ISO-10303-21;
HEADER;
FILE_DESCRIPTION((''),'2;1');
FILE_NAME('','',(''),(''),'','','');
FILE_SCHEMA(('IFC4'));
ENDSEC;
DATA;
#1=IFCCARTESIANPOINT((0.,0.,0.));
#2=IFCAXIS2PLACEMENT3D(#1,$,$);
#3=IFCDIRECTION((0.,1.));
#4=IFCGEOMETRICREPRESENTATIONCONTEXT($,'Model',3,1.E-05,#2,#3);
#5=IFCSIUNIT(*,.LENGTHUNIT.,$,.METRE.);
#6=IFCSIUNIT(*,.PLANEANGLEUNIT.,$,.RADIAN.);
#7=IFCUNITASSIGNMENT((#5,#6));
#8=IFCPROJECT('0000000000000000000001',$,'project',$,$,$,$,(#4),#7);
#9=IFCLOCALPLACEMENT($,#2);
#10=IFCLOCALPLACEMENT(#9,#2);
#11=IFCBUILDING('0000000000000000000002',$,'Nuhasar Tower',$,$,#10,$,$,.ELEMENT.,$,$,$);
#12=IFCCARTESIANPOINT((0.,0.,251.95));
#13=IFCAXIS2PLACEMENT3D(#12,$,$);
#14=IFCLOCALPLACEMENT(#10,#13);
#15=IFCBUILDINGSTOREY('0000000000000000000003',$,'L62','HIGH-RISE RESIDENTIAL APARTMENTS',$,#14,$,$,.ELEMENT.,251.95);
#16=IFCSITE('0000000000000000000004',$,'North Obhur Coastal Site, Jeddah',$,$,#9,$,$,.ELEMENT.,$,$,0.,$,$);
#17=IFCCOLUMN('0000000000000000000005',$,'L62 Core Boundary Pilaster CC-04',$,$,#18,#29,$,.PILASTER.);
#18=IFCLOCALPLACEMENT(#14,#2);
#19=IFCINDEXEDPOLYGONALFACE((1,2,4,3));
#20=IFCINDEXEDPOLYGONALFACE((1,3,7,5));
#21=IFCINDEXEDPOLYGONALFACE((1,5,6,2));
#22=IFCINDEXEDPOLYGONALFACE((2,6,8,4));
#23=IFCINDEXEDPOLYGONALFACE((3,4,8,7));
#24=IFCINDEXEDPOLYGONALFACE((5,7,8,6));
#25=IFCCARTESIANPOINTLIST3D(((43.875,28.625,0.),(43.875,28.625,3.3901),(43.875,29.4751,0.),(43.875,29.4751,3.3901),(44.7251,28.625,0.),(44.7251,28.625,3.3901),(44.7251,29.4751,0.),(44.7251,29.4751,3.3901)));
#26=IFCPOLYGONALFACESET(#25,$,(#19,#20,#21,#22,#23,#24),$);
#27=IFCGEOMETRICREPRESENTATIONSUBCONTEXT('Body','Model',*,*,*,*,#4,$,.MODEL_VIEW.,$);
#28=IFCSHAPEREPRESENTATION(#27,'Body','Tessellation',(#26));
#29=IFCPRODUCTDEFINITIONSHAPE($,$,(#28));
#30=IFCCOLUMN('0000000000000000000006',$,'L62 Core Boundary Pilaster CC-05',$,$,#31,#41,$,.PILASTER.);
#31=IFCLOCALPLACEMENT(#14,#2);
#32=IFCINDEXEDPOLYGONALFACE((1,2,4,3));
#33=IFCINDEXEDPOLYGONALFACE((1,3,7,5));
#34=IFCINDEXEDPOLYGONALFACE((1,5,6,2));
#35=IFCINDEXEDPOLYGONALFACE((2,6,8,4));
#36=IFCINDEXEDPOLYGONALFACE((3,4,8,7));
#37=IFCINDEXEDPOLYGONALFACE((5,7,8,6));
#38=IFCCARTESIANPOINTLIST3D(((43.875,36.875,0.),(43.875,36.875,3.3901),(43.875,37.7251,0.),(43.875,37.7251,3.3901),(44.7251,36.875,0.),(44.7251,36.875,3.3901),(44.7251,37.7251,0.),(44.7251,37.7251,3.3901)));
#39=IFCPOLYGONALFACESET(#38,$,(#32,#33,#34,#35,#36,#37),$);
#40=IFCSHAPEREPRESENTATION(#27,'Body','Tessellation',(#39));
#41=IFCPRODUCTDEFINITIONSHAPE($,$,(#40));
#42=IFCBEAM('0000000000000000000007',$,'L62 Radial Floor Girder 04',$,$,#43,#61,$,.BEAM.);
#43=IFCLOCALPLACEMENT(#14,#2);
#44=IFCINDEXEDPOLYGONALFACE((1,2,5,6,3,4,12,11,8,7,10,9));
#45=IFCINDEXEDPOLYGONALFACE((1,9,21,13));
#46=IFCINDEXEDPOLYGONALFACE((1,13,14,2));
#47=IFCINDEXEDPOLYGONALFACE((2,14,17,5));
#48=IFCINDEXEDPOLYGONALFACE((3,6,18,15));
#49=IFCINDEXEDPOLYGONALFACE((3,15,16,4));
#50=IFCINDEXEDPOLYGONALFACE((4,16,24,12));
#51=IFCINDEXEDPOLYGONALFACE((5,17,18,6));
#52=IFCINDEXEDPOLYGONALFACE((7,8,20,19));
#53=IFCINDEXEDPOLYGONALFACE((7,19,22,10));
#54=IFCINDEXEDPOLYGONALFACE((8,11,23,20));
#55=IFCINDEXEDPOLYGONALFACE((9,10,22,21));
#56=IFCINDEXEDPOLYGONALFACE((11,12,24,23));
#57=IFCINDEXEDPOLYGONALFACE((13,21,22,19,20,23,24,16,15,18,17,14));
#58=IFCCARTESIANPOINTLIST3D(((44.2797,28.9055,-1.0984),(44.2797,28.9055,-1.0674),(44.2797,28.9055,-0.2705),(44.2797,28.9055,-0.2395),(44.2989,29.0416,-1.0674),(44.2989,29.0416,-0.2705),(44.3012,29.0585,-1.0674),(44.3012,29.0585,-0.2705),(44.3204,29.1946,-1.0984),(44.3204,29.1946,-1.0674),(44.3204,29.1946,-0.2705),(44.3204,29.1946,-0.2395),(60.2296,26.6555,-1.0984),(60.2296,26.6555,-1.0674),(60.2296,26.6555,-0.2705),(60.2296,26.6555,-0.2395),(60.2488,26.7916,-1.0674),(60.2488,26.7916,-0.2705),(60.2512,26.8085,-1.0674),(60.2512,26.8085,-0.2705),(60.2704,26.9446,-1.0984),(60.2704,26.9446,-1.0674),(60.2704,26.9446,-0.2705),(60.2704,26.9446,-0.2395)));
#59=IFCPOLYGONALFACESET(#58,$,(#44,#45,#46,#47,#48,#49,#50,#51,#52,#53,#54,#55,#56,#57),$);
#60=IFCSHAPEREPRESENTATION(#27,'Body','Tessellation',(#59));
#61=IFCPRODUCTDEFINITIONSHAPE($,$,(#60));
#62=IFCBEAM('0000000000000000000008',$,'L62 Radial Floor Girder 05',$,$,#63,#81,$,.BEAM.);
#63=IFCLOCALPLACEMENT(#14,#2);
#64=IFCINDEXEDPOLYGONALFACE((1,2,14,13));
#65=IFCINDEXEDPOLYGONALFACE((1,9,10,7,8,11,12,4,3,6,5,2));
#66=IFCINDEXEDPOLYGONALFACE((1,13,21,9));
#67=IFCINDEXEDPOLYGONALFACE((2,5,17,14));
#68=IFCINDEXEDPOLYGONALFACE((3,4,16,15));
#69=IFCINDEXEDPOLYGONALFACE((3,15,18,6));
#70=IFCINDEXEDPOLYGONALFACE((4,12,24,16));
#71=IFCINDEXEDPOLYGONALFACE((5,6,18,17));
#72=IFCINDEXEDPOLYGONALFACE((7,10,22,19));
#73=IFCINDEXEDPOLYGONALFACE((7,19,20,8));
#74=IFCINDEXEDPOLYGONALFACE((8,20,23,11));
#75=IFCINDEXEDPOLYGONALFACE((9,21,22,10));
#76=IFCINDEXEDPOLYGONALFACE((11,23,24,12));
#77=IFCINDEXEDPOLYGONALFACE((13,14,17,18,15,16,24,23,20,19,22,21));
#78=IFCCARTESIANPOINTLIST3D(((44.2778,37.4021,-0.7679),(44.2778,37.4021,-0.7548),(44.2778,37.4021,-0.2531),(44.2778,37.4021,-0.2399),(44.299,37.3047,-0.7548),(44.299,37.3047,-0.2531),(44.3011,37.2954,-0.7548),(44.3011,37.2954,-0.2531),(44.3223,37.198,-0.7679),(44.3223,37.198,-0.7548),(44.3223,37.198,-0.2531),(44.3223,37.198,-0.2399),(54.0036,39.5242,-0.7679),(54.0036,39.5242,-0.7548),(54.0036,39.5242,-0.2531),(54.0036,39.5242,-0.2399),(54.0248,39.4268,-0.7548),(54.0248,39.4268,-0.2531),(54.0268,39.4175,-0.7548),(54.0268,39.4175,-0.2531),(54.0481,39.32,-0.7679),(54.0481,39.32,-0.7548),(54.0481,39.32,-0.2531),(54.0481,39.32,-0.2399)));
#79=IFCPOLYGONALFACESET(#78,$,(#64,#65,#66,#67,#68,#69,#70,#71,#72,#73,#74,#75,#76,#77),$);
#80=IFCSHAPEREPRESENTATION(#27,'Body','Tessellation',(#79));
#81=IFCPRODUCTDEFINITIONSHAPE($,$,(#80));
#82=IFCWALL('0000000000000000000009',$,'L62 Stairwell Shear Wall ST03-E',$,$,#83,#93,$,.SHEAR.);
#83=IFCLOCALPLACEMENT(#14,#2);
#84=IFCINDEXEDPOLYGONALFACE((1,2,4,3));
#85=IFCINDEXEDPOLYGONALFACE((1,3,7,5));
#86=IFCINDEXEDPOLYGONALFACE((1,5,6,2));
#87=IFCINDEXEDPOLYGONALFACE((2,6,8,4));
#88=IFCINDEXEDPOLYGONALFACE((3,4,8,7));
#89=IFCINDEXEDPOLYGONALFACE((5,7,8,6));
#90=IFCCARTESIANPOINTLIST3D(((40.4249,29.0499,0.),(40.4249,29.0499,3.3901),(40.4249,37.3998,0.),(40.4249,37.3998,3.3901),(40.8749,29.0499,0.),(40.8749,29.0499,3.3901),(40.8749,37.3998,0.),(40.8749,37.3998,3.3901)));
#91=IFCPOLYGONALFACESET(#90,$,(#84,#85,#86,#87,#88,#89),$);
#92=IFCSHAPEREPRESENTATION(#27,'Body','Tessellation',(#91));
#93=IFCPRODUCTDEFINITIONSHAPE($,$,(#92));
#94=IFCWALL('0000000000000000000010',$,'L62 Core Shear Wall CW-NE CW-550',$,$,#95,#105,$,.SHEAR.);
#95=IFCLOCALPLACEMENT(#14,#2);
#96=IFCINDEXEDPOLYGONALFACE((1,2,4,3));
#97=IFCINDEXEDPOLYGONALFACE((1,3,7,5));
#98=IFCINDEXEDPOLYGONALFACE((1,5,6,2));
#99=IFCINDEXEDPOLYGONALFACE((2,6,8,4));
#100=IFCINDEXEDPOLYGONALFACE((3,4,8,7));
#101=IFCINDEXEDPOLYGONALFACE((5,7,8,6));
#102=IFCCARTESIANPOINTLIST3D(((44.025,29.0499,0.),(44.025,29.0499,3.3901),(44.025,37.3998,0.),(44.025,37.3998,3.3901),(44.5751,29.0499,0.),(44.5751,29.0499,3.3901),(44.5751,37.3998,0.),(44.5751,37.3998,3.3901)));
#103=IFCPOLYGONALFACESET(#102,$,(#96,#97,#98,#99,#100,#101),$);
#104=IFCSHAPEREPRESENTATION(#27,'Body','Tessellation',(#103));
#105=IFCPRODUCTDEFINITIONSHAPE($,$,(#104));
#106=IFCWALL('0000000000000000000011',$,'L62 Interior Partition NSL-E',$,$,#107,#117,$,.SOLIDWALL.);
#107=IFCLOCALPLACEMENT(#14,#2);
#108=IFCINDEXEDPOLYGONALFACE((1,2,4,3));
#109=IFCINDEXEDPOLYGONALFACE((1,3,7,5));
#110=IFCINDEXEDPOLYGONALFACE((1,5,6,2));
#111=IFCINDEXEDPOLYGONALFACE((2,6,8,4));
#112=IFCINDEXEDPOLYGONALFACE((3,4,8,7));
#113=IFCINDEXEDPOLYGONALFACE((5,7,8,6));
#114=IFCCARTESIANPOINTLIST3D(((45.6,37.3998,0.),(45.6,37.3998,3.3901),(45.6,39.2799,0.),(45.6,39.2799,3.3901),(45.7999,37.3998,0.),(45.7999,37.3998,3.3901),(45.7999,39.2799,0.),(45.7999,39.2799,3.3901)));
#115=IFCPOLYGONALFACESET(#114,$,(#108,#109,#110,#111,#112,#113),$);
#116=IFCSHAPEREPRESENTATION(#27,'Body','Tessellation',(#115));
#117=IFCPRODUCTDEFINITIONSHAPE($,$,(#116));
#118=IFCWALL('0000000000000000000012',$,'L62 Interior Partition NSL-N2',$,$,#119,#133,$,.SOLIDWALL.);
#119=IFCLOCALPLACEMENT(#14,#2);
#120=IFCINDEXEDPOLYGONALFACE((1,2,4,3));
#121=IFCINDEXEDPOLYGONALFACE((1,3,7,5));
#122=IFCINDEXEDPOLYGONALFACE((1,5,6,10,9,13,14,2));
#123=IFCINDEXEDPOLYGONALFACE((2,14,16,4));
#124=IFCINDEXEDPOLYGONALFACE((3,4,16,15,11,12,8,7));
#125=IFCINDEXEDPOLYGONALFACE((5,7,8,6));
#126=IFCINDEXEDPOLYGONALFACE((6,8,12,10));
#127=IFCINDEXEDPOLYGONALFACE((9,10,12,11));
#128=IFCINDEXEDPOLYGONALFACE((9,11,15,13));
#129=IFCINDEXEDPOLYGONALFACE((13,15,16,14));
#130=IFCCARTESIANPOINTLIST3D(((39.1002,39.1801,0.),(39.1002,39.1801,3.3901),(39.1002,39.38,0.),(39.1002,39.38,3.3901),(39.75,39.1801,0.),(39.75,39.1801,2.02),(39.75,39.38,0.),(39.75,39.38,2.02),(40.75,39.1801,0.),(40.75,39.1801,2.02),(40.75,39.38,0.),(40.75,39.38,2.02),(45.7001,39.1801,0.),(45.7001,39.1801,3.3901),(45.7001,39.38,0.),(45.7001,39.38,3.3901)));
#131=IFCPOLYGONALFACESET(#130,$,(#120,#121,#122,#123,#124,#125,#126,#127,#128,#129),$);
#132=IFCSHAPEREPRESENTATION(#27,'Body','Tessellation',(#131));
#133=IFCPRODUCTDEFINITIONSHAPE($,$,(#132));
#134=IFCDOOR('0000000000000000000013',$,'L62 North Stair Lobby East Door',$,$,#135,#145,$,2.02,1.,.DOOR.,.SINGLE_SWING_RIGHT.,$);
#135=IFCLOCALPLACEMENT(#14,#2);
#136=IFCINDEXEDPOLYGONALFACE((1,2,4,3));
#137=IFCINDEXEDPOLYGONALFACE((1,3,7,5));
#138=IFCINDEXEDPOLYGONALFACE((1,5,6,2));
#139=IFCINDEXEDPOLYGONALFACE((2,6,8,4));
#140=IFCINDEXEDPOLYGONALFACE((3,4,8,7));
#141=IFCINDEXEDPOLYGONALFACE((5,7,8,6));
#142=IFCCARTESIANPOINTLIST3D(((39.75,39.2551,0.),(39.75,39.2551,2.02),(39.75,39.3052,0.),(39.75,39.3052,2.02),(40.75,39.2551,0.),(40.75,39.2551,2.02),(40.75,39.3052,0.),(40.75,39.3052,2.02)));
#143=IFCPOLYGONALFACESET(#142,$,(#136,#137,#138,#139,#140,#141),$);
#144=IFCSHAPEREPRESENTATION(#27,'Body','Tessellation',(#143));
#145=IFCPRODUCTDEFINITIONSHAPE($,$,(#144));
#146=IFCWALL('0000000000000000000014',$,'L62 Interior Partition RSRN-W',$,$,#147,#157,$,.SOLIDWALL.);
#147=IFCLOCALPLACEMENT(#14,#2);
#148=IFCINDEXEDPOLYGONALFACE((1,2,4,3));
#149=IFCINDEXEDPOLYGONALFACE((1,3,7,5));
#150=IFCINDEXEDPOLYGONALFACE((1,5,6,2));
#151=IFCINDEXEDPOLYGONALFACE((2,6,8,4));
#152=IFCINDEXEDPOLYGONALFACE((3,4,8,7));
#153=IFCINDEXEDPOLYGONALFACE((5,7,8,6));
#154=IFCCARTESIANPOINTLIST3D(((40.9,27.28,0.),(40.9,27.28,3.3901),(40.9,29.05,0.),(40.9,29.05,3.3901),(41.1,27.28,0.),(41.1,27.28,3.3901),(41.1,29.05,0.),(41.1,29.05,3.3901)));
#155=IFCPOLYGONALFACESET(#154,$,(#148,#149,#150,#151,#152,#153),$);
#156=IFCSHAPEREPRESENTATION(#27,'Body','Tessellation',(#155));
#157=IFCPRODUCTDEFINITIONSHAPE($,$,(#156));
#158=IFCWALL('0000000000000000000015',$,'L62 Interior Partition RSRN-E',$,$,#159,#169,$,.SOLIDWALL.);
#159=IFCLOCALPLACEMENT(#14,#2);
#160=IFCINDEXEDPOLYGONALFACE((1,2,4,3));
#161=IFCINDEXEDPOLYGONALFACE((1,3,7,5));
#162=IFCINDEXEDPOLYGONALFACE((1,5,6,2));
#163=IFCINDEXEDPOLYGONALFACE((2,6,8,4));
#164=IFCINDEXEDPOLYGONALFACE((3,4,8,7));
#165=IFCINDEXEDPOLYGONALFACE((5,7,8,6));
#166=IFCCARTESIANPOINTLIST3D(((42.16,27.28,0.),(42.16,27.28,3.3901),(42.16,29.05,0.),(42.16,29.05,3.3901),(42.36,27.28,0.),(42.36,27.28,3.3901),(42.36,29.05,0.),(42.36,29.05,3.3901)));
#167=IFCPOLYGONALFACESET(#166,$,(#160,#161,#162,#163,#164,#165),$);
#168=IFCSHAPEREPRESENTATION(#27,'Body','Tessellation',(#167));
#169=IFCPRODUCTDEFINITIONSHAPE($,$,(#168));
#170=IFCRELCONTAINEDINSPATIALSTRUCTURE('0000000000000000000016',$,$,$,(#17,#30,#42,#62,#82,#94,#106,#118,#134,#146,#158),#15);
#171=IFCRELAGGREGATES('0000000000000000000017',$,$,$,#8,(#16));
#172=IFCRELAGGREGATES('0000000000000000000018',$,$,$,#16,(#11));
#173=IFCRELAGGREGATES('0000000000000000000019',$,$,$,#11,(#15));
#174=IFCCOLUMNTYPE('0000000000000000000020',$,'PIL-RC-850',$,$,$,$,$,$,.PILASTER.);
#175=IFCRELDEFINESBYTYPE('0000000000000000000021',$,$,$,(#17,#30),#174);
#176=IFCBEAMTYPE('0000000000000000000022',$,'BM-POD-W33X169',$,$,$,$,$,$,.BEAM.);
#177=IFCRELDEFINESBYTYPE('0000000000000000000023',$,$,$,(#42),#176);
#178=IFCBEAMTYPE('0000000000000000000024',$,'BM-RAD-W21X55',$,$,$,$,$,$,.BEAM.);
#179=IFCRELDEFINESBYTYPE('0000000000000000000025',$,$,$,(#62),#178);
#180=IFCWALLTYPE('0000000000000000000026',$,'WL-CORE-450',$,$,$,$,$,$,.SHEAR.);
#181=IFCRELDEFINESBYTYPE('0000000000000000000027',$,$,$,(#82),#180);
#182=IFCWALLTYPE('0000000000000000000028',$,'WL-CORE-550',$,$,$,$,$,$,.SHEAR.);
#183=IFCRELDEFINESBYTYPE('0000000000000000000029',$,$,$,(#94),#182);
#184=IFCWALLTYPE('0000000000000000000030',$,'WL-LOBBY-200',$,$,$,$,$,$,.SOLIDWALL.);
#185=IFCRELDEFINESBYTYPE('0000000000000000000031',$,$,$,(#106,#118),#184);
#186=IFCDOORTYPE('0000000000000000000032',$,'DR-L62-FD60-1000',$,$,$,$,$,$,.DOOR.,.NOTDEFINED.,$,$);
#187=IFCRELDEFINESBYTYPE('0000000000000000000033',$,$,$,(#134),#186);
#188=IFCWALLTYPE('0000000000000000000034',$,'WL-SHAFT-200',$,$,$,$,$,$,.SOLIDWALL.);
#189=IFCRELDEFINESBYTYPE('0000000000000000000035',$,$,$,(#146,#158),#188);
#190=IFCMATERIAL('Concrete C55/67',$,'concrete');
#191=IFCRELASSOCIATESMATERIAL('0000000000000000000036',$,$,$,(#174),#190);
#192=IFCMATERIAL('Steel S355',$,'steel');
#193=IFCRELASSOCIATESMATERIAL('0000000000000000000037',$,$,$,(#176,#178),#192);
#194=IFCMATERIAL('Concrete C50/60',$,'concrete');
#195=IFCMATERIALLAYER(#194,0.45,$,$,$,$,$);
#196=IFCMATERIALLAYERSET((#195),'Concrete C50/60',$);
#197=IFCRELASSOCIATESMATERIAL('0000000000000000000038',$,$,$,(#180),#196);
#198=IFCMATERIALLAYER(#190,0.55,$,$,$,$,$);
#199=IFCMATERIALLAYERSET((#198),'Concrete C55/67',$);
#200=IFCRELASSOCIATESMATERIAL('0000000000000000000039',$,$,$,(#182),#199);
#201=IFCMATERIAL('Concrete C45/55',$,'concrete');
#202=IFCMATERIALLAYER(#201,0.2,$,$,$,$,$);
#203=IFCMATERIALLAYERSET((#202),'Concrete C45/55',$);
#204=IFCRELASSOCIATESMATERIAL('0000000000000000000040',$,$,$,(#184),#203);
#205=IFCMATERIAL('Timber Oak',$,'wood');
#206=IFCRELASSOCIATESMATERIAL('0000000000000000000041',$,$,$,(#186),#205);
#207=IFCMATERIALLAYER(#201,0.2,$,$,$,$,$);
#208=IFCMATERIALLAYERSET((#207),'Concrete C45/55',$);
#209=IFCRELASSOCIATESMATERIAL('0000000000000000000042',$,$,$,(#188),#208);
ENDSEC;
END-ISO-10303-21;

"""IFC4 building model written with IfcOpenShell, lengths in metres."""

from ifc_helpers import new_model, si_unit, direction, frame, frame_2d, origin, origin_2d, place, context, subcontext, project, spatial, rectangle, i_section, extrude, material, layer, layer_set, material_profile, profile_set, type_object, element, fill, save


model = new_model("IFC4")

# Units and contexts
model_context = context("Model", 3, precision=1e-05, world=origin(), true_north=direction((0.0, 1.0)))
body_context = subcontext(model_context, "Body", "Model", "MODEL_VIEW")
ifc_project = project(units=[si_unit("LENGTHUNIT", "METRE"), si_unit("PLANEANGLEUNIT", "RADIAN")], contexts=[model_context])

# Site, building, storey
site_placement = place(None, origin())
site = spatial("IfcSite", under=ifc_project, at=site_placement, Name="North Obhur Coastal Site, Jeddah", CompositionType="ELEMENT", RefElevation=0.0)
building_placement = place(site_placement, origin())
building = spatial("IfcBuilding", under=site, at=building_placement, Name="Nuhasar Tower", CompositionType="ELEMENT")
storey_placement = place(building_placement, frame((0.0, 0.0, 251.95)))
storey = spatial("IfcBuildingStorey", under=building, at=storey_placement, Name="L62", Description="HIGH-RISE RESIDENTIAL APARTMENTS", CompositionType="ELEMENT", Elevation=251.95)

# Columns
ifc_material_1 = material(Name="Concrete C55/67", Category="concrete")
ifc_material_profile_1 = material_profile(ifc_material_1, rectangle(XDim=0.8501, YDim=0.8501, at=origin_2d()), Name="RC850X850")
ifc_profile_set_1 = profile_set([ifc_material_profile_1], Name="Concrete C55/67")
column_type = type_object("IfcColumnType", Name="PIL-RC-850", PredefinedType="PILASTER", material=ifc_profile_set_1)
for number, where, z_axis, x_axis, name in (
    (1, (44.3, 29.05, 0.0), (0.0, 0.0, 1.0), (1.0, 0.0, 0.0), "L62 Core Boundary Pilaster CC-04"),
    (2, (44.3, 37.3, 0.0), (0.0, 0.0, 1.0), (1.0, 0.0, 0.0), "L62 Core Boundary Pilaster CC-05"),
):
    element("IfcColumn", number, at=place(storey_placement, frame(where, z_axis=z_axis, x_axis=x_axis)), inside=storey, type_object=column_type, Name=name, PredefinedType="PILASTER", context=body_context, shape_type="SweptSolid", body=[
        extrude(rectangle(XDim=0.8501, YDim=0.8501, at=origin_2d()), origin(), (0.0, 0.0, 1.0), 3.3901),
    ])

# Beams
ifc_material_2 = material(Name="Steel S355", Category="steel")
ifc_material_profile_2 = material_profile(ifc_material_2, i_section(OverallWidth=0.292, OverallDepth=0.8589, WebThickness=0.0171, FlangeThickness=0.031, at=origin_2d()), Name="W33X169")
ifc_profile_set_2 = profile_set([ifc_material_profile_2], Name="Steel S355")
beam_type_1 = type_object("IfcBeamType", Name="BM-POD-W33X169", PredefinedType="BEAM", material=ifc_profile_set_2)
beam_1_placement = place(storey_placement, frame((44.3, 29.05, -0.6689), z_axis=(0.990196, -0.139683, 0.0), x_axis=(0.139683, 0.990196, 0.0)))
element("IfcBeam", 3, at=beam_1_placement, inside=storey, type_object=beam_type_1, Name="L62 Radial Floor Girder 04", PredefinedType="BEAM", context=body_context, shape_type="SweptSolid", body=[
    extrude(i_section(OverallWidth=0.292, OverallDepth=0.8589, WebThickness=0.0171, FlangeThickness=0.031, at=origin_2d()), origin(), (0.0, 0.0, 1.0), 16.1079),
])
ifc_material_profile_3 = material_profile(ifc_material_2, i_section(OverallWidth=0.209, OverallDepth=0.5281, WebThickness=0.0095, FlangeThickness=0.0132, at=origin_2d()), Name="W21X55")
ifc_profile_set_3 = profile_set([ifc_material_profile_3], Name="Steel S355")
beam_type_2 = type_object("IfcBeamType", Name="BM-RAD-W21X55", PredefinedType="BEAM", material=ifc_profile_set_3)
beam_2_placement = place(storey_placement, frame((44.3, 37.3, -0.5039), z_axis=(0.977014, 0.213174, 0.0), x_axis=(-0.213174, 0.977014, 0.0)))
element("IfcBeam", 4, at=beam_2_placement, inside=storey, type_object=beam_type_2, Name="L62 Radial Floor Girder 05", PredefinedType="BEAM", context=body_context, shape_type="SweptSolid", body=[
    extrude(i_section(OverallWidth=0.209, OverallDepth=0.5281, WebThickness=0.0095, FlangeThickness=0.0132, at=origin_2d()), origin(), (0.0, 0.0, 1.0), 9.9546),
])

# Shared definitions
ifc_material_3 = material(Name="Concrete C50/60", Category="concrete")
ifc_layer_1 = layer(ifc_material_3, 0.45)
ifc_layer_set_1 = layer_set([ifc_layer_1], Name="Concrete C50/60")
wall_type_1 = type_object("IfcWallType", Name="WL-CORE-450", PredefinedType="SHEAR", material=ifc_layer_set_1)

# Wall
wall_1_placement = place(storey_placement, frame((40.6499, 29.05, 0.0), z_axis=(0.0, 0.0, 1.0), x_axis=(0.0, 1.0, 0.0)))
element("IfcWall", 5, at=wall_1_placement, inside=storey, type_object=wall_type_1, Name="L62 Stairwell Shear Wall ST03-E", PredefinedType="SHEAR", context=body_context, shape_type="SweptSolid", body=[
    extrude(rectangle(XDim=8.3499, YDim=0.45, at=frame_2d((4.1748, 0.0))), origin(), (0.0, 0.0, 1.0), 3.3901),
])

# Walls
ifc_layer_2 = layer(ifc_material_1, 0.55)
ifc_layer_set_2 = layer_set([ifc_layer_2], Name="Concrete C55/67")
wall_type_2 = type_object("IfcWallType", Name="WL-CORE-550", PredefinedType="SHEAR", material=ifc_layer_set_2)
wall_2_placement = place(storey_placement, frame((44.3, 29.05, 0.0), z_axis=(0.0, 0.0, 1.0), x_axis=(0.0, 1.0, 0.0)))
element("IfcWall", 6, at=wall_2_placement, inside=storey, type_object=wall_type_2, Name="L62 Core Shear Wall CW-NE CW-550", PredefinedType="SHEAR", context=body_context, shape_type="SweptSolid", body=[
    extrude(rectangle(XDim=8.3499, YDim=0.55, at=frame_2d((4.1748, 0.0))), origin(), (0.0, 0.0, 1.0), 3.3901),
])
ifc_material_4 = material(Name="Concrete C45/55", Category="concrete")
ifc_layer_3 = layer(ifc_material_4, 0.2)
ifc_layer_set_3 = layer_set([ifc_layer_3], Name="Concrete C45/55")
wall_type_3 = type_object("IfcWallType", Name="WL-LOBBY-200", PredefinedType="SOLIDWALL", material=ifc_layer_set_3)
wall_3_placement = place(storey_placement, frame((45.7, 37.3999, 0.0), z_axis=(0.0, 0.0, 1.0), x_axis=(0.0, 1.0, 0.0)))
element("IfcWall", 7, at=wall_3_placement, inside=storey, type_object=wall_type_3, Name="L62 Interior Partition NSL-E", PredefinedType="SOLIDWALL", context=body_context, shape_type="SweptSolid", body=[
    extrude(rectangle(XDim=1.8801, YDim=0.2, at=frame_2d((0.9399, 0.0))), origin(), (0.0, 0.0, 1.0), 3.3901),
])

# Wall, opening, door
wall_4_placement = place(storey_placement, frame((45.7, 39.28, 0.0), z_axis=(0.0, 0.0, 1.0), x_axis=(-1.0, 0.0, 0.0)))
wall_4 = element("IfcWall", 8, at=wall_4_placement, inside=storey, type_object=wall_type_3, Name="L62 Interior Partition NSL-N2", PredefinedType="SOLIDWALL", context=body_context, shape_type="SweptSolid", body=[
    extrude(rectangle(XDim=6.5999, YDim=0.2, at=frame_2d((3.2998, 0.0))), origin(), (0.0, 0.0, 1.0), 3.3901),
])
opening_1_placement = place(wall_4_placement, frame((4.95, 0.0, 0.0)))
opening_1 = element("IfcOpeningElement", 9, at=opening_1_placement, cuts=wall_4, PredefinedType="OPENING", context=body_context, shape_type="SweptSolid", body=[
    extrude(rectangle(XDim=1.0, YDim=2.02, at=frame_2d((0.5, 1.01))), frame((0.0, 0.1099, 0.0), z_axis=(0.0, -1.0, 0.0), x_axis=(1.0, 0.0, 0.0)), (0.0, 0.0, 1.0), 0.22),
])
ifc_material_5 = material(Name="Timber Oak", Category="wood")
door_type_1 = type_object("IfcDoorType", Name="DR-L62-FD60-1000", OperationType="NOTDEFINED", PredefinedType="DOOR", material=ifc_material_5)
door_1_placement = place(opening_1_placement, origin())
door_1 = element("IfcDoor", 10, at=door_1_placement, inside=storey, type_object=door_type_1, Name="L62 North Stair Lobby East Door", OperationType="SINGLE_SWING_RIGHT", OverallHeight=2.02, OverallWidth=1.0, PredefinedType="DOOR", context=body_context, shape_type="SweptSolid", body=[
    extrude(rectangle(XDim=1.0, YDim=2.02, at=frame_2d((0.5, 1.01))), frame((0.0, 0.0249, 0.0), z_axis=(0.0, -1.0, 0.0), x_axis=(1.0, 0.0, 0.0)), (0.0, 0.0, 1.0), 0.05),
])
fill(opening_1, door_1)

# Walls
ifc_layer_4 = layer(ifc_material_4, 0.2)
ifc_layer_set_4 = layer_set([ifc_layer_4], Name="Concrete C45/55")
wall_type_4 = type_object("IfcWallType", Name="WL-SHAFT-200", PredefinedType="SOLIDWALL", material=ifc_layer_set_4)
for number, where, z_axis, x_axis, name in (
    (11, (41.0, 27.28, 0.0), (0.0, 0.0, 1.0), (0.0, 1.0, 0.0), "L62 Interior Partition RSRN-W"),
    (12, (42.26, 27.28, 0.0), (0.0, 0.0, 1.0), (0.0, 1.0, 0.0), "L62 Interior Partition RSRN-E"),
):
    element("IfcWall", number, at=place(storey_placement, frame(where, z_axis=z_axis, x_axis=x_axis)), inside=storey, type_object=wall_type_4, Name=name, PredefinedType="SOLIDWALL", context=body_context, shape_type="SweptSolid", body=[
        extrude(rectangle(XDim=1.77, YDim=0.2, at=frame_2d((0.885, 0.0))), origin(), (0.0, 0.0, 1.0), 3.3901),
    ])

save(model, "model.ifc")
